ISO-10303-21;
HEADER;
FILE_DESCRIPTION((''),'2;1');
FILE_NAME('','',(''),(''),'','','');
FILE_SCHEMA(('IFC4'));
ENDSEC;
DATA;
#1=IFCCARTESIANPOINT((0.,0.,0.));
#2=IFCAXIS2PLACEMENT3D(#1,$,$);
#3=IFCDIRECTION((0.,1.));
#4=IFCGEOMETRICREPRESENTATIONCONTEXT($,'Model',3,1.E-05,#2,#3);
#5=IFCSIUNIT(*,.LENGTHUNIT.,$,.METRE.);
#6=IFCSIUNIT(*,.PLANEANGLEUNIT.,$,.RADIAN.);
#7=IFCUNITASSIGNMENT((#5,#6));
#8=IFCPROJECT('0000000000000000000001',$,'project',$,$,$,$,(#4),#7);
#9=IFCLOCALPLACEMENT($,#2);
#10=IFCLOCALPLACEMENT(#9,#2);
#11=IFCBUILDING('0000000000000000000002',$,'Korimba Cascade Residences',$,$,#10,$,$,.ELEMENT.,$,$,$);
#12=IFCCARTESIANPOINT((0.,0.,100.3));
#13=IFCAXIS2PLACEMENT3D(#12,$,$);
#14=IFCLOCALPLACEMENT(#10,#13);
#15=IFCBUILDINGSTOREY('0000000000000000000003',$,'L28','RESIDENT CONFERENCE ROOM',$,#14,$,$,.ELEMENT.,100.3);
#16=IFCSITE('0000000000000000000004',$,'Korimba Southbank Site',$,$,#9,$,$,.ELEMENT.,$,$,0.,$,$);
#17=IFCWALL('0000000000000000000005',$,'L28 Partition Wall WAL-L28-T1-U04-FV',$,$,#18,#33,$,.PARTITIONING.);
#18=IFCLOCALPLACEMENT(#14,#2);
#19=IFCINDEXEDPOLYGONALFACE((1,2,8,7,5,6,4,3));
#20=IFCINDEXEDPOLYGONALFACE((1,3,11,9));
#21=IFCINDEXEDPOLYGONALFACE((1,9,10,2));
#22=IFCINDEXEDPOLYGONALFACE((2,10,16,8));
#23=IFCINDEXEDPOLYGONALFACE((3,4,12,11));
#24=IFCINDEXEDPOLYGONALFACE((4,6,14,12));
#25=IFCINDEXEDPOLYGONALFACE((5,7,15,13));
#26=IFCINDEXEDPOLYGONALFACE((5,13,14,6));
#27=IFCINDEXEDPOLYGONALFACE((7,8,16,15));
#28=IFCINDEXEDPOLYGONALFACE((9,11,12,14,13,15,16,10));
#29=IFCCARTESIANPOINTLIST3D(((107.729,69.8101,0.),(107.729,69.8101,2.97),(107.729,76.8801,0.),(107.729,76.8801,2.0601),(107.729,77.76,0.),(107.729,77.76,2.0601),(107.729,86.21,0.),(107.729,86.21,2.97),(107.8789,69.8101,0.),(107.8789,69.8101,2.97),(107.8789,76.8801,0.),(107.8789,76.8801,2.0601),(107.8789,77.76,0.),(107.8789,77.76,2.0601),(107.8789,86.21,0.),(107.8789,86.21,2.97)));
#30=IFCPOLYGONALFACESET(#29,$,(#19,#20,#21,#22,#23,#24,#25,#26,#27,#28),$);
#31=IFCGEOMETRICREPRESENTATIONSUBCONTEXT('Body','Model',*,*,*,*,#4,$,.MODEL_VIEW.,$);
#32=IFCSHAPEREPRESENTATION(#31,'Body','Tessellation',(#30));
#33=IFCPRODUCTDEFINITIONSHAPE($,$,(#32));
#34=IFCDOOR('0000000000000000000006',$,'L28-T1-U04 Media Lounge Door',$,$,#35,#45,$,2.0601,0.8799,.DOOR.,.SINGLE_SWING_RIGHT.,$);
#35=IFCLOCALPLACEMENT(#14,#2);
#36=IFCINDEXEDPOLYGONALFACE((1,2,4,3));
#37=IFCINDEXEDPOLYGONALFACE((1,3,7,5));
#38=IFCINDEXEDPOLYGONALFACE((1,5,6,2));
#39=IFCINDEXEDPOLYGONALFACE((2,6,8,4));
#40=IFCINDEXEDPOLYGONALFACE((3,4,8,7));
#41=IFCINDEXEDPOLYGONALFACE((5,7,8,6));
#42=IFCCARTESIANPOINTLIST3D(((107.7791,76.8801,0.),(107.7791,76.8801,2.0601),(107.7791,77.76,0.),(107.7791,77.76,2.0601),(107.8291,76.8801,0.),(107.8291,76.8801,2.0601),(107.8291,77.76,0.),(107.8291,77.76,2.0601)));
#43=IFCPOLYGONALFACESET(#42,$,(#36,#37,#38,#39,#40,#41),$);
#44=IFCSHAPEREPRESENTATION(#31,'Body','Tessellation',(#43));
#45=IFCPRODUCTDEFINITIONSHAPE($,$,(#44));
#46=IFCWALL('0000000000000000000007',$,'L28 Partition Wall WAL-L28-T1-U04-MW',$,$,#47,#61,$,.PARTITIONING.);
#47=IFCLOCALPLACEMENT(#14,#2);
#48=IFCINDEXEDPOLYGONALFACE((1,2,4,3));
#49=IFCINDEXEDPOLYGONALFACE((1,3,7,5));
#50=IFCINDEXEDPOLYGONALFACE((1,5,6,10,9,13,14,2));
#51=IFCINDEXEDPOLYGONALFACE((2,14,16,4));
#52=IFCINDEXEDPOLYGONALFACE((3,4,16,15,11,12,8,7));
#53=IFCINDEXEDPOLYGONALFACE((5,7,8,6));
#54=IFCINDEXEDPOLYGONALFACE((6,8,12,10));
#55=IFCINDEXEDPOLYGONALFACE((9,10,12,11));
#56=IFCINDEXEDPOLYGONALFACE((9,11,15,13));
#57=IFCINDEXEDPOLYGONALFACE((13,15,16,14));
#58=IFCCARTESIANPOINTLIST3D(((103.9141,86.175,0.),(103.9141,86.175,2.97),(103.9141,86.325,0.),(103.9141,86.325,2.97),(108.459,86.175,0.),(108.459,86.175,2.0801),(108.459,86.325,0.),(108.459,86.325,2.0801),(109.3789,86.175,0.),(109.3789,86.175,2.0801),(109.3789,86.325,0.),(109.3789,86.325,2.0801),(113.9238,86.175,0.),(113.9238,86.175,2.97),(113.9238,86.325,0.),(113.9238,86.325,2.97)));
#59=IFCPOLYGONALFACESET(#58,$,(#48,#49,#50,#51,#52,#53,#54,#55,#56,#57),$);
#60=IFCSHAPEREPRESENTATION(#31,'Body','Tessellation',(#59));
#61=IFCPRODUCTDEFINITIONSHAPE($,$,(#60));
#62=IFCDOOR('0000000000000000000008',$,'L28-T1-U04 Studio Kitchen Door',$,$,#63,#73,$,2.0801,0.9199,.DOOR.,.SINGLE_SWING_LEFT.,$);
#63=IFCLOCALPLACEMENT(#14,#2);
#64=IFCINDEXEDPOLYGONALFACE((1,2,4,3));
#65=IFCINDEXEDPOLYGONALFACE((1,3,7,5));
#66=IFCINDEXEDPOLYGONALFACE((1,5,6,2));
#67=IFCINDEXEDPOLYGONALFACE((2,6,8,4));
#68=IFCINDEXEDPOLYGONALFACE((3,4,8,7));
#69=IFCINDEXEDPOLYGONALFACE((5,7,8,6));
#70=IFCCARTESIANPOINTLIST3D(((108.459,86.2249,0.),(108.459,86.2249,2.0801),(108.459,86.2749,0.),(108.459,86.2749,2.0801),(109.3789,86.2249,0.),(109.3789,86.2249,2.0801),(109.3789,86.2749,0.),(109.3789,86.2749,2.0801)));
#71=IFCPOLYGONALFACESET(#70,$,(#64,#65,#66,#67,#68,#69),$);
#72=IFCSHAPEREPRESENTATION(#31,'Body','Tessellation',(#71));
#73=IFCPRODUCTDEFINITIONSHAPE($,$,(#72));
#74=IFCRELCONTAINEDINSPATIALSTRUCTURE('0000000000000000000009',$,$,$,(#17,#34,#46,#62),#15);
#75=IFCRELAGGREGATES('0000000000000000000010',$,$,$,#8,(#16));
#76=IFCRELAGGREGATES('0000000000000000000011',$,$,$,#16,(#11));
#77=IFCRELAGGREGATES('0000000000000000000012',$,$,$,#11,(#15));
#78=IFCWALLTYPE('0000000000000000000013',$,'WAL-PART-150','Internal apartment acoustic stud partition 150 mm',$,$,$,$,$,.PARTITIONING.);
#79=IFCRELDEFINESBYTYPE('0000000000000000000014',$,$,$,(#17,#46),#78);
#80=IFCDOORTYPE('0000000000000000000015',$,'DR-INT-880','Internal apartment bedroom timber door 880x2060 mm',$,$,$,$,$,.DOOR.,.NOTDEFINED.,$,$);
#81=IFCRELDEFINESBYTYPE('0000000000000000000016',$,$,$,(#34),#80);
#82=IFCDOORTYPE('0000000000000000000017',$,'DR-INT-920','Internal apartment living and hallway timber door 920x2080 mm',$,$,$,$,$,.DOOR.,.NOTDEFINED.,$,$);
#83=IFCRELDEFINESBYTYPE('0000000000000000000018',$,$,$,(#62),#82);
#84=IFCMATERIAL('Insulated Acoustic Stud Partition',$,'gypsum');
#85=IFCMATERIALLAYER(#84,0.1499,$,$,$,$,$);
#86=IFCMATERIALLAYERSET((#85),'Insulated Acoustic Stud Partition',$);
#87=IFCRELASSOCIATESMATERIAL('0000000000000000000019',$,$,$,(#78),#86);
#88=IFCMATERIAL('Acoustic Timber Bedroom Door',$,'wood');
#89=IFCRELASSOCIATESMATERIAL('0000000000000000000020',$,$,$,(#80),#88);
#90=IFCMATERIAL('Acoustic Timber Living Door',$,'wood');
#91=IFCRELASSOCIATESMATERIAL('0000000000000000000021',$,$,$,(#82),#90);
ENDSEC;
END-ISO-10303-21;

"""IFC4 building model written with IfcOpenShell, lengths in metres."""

from ifc_helpers import new_model, si_unit, direction, frame, frame_2d, origin, place, context, subcontext, project, spatial, rectangle, extrude, material, layer, layer_set, type_object, element, fill, save


model = new_model("IFC4")

# Units and contexts
model_context = context("Model", 3, precision=1e-05, world=origin(), true_north=direction((0.0, 1.0)))
body_context = subcontext(model_context, "Body", "Model", "MODEL_VIEW")
ifc_project = project(units=[si_unit("LENGTHUNIT", "METRE"), si_unit("PLANEANGLEUNIT", "RADIAN")], contexts=[model_context])

# Site, building, storey
site_placement = place(None, origin())
site = spatial("IfcSite", under=ifc_project, at=site_placement, Name="Korimba Southbank Site", CompositionType="ELEMENT", RefElevation=0.0)
building_placement = place(site_placement, origin())
building = spatial("IfcBuilding", under=site, at=building_placement, Name="Korimba Cascade Residences", CompositionType="ELEMENT")
storey_placement = place(building_placement, frame((0.0, 0.0, 100.3)))
storey = spatial("IfcBuildingStorey", under=building, at=storey_placement, Name="L28", Description="RESIDENT CONFERENCE ROOM", CompositionType="ELEMENT", Elevation=100.3)

# Walls, openings, doors
ifc_material_1 = material(Name="Insulated Acoustic Stud Partition", Category="gypsum")
ifc_layer_1 = layer(ifc_material_1, 0.1499)
ifc_layer_set_1 = layer_set([ifc_layer_1], Name="Insulated Acoustic Stud Partition")
wall_type_1 = type_object("IfcWallType", Name="WAL-PART-150", Description="Internal apartment acoustic stud partition 150 mm", PredefinedType="PARTITIONING", material=ifc_layer_set_1)
ifc_material_2 = material(Name="Acoustic Timber Bedroom Door", Category="wood")
door_type_1 = type_object("IfcDoorType", Name="DR-INT-880", Description="Internal apartment bedroom timber door 880x2060 mm", OperationType="NOTDEFINED", PredefinedType="DOOR", material=ifc_material_2)
wall_1_placement = place(storey_placement, frame((107.804, 69.8101, 0.0), z_axis=(0.0, 0.0, 1.0), x_axis=(0.0, 1.0, 0.0)))
wall_1 = element("IfcWall", 1, at=wall_1_placement, inside=storey, type_object=wall_type_1, Name="L28 Partition Wall WAL-L28-T1-U04-FV", PredefinedType="PARTITIONING", context=body_context, shape_type="SweptSolid", body=[
    extrude(rectangle(XDim=16.3999, YDim=0.1499, at=frame_2d((8.2, 0.0))), origin(), (0.0, 0.0, 1.0), 2.97),
])
opening_1_placement = place(wall_1_placement, frame((7.0701, 0.0, 0.0)))
opening_1 = element("IfcOpeningElement", 2, at=opening_1_placement, cuts=wall_1, PredefinedType="OPENING", context=body_context, shape_type="SweptSolid", body=[
    extrude(rectangle(XDim=0.8799, YDim=2.0601, at=frame_2d((0.4399, 1.03))), frame((0.0, 0.085, 0.0), z_axis=(0.0, -1.0, 0.0), x_axis=(1.0, 0.0, 0.0)), (0.0, 0.0, 1.0), 0.1699),
])
door_1_placement = place(opening_1_placement, origin())
door_1 = element("IfcDoor", 3, at=door_1_placement, inside=storey, type_object=door_type_1, Name="L28-T1-U04 Media Lounge Door", OperationType="SINGLE_SWING_RIGHT", OverallHeight=2.0601, OverallWidth=0.8799, PredefinedType="DOOR", context=body_context, shape_type="SweptSolid", body=[
    extrude(rectangle(XDim=0.8799, YDim=2.0601, at=frame_2d((0.4399, 1.03))), frame((0.0, 0.0249, 0.0), z_axis=(0.0, -1.0, 0.0), x_axis=(1.0, 0.0, 0.0)), (0.0, 0.0, 1.0), 0.05),
])
fill(opening_1, door_1)
wall_2_placement = place(storey_placement, frame((103.9141, 86.25, 0.0), z_axis=(0.0, 0.0, 1.0), x_axis=(1.0, 0.0, 0.0)))
wall_2 = element("IfcWall", 4, at=wall_2_placement, inside=storey, type_object=wall_type_1, Name="L28 Partition Wall WAL-L28-T1-U04-MW", PredefinedType="PARTITIONING", context=body_context, shape_type="SweptSolid", body=[
    extrude(rectangle(XDim=10.0098, YDim=0.1499, at=frame_2d((5.0049, 0.0))), origin(), (0.0, 0.0, 1.0), 2.97),
])
opening_2_placement = place(wall_2_placement, frame((4.5449, 0.0, 0.0)))
opening_2 = element("IfcOpeningElement", 5, at=opening_2_placement, cuts=wall_2, PredefinedType="OPENING", context=body_context, shape_type="SweptSolid", body=[
    extrude(rectangle(XDim=0.9199, YDim=2.0801, at=frame_2d((0.46, 1.04))), frame((0.0, 0.085, 0.0), z_axis=(0.0, -1.0, 0.0), x_axis=(1.0, 0.0, 0.0)), (0.0, 0.0, 1.0), 0.1699),
])
ifc_material_3 = material(Name="Acoustic Timber Living Door", Category="wood")
door_type_2 = type_object("IfcDoorType", Name="DR-INT-920", Description="Internal apartment living and hallway timber door 920x2080 mm", OperationType="NOTDEFINED", PredefinedType="DOOR", material=ifc_material_3)
door_2_placement = place(opening_2_placement, origin())
door_2 = element("IfcDoor", 6, at=door_2_placement, inside=storey, type_object=door_type_2, Name="L28-T1-U04 Studio Kitchen Door", OperationType="SINGLE_SWING_LEFT", OverallHeight=2.0801, OverallWidth=0.9199, PredefinedType="DOOR", context=body_context, shape_type="SweptSolid", body=[
    extrude(rectangle(XDim=0.9199, YDim=2.0801, at=frame_2d((0.46, 1.04))), frame((0.0, 0.0249, 0.0), z_axis=(0.0, -1.0, 0.0), x_axis=(1.0, 0.0, 0.0)), (0.0, 0.0, 1.0), 0.05),
])
fill(opening_2, door_2)

save(model, "model.ifc")
